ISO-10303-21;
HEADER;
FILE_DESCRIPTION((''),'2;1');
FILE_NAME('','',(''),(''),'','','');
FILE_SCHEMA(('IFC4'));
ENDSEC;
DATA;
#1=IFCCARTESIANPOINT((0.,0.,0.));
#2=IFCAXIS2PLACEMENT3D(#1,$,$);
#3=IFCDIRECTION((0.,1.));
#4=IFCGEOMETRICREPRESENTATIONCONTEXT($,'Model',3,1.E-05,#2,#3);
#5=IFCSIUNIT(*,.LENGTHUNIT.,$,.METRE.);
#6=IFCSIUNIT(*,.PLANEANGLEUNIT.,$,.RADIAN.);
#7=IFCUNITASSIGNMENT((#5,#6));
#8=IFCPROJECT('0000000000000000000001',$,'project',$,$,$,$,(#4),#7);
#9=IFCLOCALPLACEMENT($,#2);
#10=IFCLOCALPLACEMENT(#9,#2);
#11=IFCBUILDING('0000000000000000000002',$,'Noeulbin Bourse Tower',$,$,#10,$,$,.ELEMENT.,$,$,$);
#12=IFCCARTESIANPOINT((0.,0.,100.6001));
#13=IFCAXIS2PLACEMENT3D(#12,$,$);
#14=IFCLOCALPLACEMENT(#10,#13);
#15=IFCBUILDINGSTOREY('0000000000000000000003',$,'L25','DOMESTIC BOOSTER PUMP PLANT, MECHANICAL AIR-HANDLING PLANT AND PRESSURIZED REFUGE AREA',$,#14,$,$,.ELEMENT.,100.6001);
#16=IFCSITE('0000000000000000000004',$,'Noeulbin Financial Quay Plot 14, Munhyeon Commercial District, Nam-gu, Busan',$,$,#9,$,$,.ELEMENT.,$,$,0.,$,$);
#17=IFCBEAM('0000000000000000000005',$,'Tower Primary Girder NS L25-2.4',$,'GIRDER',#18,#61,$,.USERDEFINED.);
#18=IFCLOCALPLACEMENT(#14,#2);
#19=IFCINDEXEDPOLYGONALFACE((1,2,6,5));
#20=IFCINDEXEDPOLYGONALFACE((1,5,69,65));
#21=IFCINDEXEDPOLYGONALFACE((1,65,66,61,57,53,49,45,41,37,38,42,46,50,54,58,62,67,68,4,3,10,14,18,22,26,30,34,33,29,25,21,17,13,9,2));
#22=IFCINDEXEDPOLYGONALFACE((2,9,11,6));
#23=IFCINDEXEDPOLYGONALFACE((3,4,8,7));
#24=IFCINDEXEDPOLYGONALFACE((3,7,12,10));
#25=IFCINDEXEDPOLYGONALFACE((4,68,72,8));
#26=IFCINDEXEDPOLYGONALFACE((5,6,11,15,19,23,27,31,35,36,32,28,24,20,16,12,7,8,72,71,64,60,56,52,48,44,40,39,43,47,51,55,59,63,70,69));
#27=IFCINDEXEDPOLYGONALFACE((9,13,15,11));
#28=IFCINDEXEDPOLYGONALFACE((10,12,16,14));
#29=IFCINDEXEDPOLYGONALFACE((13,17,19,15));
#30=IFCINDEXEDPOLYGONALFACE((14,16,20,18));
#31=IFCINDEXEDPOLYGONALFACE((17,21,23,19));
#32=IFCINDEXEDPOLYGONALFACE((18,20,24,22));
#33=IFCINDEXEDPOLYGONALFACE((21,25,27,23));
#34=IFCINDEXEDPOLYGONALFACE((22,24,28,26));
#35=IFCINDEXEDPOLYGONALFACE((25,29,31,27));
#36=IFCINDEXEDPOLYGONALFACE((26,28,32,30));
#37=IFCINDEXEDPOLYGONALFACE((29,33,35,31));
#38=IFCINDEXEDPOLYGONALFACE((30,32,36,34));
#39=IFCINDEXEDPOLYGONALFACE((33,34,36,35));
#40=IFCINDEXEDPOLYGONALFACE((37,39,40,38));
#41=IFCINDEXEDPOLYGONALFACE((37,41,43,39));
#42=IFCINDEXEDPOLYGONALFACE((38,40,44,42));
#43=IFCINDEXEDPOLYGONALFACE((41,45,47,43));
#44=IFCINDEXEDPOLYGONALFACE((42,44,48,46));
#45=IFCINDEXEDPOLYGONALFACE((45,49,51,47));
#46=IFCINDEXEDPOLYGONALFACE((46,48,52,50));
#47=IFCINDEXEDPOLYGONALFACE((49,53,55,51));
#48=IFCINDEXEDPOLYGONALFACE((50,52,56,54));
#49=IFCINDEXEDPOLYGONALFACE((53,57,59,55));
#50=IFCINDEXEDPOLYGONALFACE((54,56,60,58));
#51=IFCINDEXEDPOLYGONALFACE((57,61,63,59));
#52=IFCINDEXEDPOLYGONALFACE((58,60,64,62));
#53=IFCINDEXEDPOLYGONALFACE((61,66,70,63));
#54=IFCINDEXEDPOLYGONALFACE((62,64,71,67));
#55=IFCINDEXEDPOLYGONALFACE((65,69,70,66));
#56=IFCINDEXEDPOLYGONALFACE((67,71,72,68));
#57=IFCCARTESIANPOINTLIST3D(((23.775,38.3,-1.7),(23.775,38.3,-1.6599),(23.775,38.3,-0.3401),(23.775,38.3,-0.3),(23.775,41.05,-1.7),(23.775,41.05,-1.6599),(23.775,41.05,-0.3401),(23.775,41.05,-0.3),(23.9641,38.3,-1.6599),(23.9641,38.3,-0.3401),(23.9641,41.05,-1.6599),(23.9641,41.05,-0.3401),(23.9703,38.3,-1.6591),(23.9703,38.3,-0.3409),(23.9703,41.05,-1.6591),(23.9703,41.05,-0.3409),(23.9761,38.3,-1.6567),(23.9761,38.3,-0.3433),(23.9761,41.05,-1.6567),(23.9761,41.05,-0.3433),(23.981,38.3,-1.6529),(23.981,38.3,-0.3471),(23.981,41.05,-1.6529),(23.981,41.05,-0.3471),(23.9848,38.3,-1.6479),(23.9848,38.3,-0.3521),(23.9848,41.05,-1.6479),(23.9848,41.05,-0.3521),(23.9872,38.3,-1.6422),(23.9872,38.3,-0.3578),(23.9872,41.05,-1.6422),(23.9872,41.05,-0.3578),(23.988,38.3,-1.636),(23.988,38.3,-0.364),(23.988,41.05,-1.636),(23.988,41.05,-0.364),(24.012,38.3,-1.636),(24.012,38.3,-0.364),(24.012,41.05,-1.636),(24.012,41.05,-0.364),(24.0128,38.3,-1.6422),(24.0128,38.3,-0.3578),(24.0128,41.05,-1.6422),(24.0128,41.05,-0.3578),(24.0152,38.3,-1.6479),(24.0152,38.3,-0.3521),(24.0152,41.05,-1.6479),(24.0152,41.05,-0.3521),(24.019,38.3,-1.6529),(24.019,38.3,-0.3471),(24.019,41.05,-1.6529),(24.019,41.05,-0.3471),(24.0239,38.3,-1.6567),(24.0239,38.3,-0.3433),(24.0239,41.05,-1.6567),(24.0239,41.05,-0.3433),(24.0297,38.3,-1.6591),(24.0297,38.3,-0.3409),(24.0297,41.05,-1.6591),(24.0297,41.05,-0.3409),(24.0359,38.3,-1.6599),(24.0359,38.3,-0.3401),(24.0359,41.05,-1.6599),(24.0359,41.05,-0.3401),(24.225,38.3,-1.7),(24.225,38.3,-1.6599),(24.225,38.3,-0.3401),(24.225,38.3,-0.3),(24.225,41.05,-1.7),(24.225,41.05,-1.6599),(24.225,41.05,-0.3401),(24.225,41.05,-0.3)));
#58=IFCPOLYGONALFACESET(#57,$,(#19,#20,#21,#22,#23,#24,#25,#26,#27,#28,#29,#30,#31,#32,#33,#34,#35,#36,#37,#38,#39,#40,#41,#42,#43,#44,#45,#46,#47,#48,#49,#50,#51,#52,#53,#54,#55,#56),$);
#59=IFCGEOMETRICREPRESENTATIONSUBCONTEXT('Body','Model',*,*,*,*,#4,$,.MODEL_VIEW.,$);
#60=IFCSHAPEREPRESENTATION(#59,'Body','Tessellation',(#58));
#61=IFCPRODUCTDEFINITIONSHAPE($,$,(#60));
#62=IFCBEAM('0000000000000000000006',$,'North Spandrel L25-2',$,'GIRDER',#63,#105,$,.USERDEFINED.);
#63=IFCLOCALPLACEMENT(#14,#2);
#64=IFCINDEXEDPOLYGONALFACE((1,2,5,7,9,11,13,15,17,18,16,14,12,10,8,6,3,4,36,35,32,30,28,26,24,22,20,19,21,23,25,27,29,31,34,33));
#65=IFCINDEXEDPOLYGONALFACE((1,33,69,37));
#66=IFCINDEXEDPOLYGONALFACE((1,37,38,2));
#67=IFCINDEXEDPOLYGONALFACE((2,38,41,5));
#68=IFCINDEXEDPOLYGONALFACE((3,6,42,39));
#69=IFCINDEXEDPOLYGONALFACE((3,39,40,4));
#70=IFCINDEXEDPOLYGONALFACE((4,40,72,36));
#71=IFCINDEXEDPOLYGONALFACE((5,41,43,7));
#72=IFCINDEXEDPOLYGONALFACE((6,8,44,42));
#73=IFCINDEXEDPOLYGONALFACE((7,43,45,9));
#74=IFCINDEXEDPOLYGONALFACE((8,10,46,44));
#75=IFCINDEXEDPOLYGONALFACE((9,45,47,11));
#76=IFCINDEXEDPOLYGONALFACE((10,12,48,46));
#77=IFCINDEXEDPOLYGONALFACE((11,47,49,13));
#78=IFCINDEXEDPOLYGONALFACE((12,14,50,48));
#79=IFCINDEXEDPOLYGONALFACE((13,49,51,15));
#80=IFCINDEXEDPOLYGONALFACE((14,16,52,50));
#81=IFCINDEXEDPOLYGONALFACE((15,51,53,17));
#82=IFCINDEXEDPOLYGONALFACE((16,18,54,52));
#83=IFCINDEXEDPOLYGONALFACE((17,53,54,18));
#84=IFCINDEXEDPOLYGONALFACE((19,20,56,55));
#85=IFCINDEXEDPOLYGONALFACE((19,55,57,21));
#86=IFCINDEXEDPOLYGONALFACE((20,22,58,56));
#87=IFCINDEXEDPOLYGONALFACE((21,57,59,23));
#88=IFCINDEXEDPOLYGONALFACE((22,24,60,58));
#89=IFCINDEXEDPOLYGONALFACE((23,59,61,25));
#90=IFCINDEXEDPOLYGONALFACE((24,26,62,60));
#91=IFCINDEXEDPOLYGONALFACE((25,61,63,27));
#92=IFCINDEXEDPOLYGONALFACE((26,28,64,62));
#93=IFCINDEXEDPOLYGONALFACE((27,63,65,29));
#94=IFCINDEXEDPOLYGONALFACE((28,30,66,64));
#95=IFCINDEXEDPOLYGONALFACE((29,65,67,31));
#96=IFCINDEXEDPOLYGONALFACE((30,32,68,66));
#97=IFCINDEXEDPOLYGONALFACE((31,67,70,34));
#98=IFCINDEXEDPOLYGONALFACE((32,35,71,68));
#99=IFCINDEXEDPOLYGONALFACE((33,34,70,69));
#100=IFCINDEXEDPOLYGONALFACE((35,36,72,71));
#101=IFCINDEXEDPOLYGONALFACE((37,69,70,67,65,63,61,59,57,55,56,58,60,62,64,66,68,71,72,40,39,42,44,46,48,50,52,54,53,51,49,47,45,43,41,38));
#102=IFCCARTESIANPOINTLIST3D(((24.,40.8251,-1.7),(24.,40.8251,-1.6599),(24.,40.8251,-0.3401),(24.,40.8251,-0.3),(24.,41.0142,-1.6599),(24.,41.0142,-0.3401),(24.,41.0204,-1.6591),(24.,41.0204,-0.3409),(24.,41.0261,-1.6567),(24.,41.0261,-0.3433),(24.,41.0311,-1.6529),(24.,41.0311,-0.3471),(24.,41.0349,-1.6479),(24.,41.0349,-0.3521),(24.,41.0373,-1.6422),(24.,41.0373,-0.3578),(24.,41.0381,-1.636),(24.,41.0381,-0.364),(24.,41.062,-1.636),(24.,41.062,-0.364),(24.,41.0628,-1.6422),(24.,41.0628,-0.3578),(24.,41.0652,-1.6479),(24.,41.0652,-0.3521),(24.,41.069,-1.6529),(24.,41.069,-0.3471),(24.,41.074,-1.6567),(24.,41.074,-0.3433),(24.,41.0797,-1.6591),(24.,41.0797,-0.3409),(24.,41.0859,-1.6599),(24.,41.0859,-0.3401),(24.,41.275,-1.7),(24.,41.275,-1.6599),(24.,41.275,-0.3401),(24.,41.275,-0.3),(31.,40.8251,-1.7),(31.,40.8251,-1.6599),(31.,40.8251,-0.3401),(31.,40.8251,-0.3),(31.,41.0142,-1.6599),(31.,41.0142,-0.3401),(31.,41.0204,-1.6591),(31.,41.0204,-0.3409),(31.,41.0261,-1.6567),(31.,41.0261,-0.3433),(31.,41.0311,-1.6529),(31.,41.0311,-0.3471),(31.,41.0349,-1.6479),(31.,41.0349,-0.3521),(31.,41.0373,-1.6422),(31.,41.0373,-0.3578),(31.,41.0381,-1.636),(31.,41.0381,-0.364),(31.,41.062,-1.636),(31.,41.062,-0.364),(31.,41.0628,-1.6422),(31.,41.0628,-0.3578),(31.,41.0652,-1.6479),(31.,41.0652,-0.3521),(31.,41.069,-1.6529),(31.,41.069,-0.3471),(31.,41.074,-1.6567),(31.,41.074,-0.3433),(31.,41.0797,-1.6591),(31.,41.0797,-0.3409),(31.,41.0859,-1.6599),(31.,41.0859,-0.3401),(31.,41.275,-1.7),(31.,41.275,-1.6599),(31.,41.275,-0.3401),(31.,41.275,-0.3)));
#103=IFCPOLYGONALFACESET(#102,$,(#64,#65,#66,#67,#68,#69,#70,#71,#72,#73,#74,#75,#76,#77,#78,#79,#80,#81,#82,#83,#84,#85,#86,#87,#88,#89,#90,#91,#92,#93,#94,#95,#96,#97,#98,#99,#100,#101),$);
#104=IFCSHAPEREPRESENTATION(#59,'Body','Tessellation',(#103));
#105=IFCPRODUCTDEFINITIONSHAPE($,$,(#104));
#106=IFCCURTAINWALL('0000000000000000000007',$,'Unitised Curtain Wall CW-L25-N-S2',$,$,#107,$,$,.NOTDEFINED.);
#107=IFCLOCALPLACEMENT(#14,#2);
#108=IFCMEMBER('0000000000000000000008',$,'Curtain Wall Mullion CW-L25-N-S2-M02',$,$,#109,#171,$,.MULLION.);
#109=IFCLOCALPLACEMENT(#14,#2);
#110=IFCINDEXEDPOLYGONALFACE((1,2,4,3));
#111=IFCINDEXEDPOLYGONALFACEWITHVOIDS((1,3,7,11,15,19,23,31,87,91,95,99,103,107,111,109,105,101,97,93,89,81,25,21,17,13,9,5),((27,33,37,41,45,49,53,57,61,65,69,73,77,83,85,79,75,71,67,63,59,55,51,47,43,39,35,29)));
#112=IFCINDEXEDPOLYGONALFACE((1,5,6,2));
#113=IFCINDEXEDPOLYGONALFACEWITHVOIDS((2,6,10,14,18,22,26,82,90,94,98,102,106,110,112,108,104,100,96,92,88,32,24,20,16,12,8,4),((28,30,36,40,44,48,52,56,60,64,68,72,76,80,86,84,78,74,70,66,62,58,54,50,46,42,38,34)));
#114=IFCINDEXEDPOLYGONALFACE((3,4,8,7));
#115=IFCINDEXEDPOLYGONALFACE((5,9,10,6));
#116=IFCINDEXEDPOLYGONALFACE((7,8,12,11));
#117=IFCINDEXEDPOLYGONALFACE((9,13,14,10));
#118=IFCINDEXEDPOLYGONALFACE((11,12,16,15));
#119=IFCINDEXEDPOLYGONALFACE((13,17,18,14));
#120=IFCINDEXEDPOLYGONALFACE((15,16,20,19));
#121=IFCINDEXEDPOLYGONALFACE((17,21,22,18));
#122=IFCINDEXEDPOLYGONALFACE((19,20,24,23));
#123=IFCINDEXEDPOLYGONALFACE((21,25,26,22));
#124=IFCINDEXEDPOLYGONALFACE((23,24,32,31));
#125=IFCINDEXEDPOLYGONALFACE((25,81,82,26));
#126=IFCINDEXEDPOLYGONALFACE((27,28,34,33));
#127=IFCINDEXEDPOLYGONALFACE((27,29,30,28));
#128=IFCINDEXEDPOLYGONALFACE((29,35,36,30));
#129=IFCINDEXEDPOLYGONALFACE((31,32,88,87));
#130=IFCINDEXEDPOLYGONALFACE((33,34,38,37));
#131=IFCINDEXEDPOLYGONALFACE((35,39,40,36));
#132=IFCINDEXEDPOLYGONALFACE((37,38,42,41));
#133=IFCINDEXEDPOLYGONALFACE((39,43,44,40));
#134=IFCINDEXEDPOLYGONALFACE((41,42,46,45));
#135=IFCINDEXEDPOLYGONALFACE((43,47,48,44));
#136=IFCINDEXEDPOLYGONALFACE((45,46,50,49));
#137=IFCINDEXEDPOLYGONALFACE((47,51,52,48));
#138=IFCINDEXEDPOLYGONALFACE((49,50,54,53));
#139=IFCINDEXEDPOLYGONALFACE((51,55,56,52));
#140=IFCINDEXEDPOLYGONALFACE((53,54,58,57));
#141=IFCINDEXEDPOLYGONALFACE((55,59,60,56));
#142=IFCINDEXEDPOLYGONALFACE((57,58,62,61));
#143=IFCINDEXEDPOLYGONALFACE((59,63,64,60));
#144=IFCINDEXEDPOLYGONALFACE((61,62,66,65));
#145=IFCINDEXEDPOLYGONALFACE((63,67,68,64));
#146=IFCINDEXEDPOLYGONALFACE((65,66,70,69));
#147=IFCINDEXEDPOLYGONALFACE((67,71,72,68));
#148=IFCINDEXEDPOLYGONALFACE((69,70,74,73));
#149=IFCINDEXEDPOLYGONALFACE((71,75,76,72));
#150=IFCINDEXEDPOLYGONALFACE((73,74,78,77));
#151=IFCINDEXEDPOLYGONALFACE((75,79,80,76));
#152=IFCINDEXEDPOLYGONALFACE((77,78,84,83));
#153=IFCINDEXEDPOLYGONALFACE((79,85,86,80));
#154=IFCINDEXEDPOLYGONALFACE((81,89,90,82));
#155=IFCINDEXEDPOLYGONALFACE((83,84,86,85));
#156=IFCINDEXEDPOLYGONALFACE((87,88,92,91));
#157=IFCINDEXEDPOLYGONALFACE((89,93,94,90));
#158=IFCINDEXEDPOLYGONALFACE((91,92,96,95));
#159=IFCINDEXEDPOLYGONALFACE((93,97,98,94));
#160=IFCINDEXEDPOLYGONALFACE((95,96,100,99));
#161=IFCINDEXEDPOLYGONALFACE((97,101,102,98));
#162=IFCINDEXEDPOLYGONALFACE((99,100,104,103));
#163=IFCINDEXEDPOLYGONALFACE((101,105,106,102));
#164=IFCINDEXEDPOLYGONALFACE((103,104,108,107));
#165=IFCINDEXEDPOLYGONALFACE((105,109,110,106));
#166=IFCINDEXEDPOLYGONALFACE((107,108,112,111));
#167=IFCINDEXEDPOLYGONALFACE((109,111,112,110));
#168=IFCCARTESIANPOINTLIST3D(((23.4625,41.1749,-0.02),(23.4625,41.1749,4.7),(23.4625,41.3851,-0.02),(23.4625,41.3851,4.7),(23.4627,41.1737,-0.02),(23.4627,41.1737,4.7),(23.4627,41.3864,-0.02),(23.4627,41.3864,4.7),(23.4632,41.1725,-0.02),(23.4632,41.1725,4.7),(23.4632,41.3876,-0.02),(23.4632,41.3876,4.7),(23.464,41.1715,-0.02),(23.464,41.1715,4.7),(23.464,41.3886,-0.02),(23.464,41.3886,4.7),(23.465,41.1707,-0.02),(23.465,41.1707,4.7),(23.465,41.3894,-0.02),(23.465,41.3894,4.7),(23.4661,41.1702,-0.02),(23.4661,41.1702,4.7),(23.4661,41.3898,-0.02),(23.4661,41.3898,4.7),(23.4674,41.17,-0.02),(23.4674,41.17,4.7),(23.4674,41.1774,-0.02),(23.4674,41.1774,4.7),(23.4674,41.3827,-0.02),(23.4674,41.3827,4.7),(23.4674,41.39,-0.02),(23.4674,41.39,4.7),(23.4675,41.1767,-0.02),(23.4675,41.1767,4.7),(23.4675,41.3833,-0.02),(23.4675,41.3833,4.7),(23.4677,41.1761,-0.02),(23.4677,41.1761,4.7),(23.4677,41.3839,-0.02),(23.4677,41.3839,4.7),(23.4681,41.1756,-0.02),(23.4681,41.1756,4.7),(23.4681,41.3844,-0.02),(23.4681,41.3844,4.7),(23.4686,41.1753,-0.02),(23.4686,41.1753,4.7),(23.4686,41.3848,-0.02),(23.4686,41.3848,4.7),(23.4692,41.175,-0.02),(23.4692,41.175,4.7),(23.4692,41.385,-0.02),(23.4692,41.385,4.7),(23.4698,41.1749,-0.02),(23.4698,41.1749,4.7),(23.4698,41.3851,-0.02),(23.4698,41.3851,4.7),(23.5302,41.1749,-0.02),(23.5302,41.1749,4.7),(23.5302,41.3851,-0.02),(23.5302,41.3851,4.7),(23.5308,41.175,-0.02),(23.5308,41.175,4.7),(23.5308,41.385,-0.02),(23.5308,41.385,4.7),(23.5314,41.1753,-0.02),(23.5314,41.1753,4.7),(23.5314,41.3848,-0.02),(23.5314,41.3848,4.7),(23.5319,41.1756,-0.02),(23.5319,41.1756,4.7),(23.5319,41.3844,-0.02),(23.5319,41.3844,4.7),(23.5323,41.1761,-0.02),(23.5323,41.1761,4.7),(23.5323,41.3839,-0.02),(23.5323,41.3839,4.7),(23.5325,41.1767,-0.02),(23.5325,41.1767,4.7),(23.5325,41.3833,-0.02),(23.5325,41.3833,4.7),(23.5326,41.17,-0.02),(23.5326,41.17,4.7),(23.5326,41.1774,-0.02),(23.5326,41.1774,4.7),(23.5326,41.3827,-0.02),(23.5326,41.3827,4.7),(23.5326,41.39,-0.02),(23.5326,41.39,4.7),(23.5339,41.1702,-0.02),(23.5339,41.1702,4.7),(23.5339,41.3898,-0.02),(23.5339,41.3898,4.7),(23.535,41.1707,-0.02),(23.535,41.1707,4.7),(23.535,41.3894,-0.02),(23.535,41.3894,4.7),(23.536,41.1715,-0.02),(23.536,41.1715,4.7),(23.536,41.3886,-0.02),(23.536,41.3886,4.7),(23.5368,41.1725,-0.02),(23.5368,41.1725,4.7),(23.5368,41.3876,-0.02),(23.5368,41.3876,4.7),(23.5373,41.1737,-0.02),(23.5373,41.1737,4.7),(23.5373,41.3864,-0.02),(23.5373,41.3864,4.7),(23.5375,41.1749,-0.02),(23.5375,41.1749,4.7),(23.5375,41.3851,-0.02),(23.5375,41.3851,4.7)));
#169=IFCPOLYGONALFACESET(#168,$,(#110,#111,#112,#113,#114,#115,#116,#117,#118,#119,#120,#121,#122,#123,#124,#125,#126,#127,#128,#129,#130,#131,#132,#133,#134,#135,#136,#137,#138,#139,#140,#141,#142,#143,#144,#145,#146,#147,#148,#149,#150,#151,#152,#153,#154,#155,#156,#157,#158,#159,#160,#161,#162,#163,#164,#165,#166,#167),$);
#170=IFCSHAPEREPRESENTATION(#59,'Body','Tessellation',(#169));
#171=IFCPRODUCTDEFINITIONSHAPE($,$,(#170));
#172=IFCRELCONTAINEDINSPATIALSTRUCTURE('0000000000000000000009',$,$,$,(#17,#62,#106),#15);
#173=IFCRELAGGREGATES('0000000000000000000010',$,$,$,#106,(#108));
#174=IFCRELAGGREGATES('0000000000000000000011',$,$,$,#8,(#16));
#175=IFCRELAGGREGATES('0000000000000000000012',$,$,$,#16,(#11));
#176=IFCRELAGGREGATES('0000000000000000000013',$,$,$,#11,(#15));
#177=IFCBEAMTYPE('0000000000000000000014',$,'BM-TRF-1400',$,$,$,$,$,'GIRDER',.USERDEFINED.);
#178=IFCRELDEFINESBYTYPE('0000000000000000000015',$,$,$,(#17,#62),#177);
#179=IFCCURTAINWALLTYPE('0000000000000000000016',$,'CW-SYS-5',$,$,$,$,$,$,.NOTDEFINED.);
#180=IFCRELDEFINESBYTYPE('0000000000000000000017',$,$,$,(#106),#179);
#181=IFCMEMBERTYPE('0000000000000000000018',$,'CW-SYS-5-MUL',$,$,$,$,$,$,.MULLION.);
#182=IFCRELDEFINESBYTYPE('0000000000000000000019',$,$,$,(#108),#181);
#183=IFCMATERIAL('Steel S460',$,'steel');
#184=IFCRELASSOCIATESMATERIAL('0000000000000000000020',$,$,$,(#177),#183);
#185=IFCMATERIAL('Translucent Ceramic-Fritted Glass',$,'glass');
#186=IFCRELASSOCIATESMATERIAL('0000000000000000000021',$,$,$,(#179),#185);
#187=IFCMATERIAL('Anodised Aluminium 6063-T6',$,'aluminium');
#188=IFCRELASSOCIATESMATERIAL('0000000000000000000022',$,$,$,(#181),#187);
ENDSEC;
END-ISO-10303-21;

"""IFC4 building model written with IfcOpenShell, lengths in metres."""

from ifc_helpers import new_model, si_unit, direction, frame, origin, origin_2d, place, context, subcontext, project, spatial, hollow_rectangle, i_section, extrude, material, material_profile, profile_set, type_object, element, aggregate, save


model = new_model("IFC4")

# Units and contexts
model_context = context("Model", 3, precision=1e-05, world=origin(), true_north=direction((0.0, 1.0)))
body_context = subcontext(model_context, "Body", "Model", "MODEL_VIEW")
ifc_project = project(units=[si_unit("LENGTHUNIT", "METRE"), si_unit("PLANEANGLEUNIT", "RADIAN")], contexts=[model_context])

# Site, building, storey
site_placement = place(None, origin())
site = spatial("IfcSite", under=ifc_project, at=site_placement, Name="Noeulbin Financial Quay Plot 14, Munhyeon Commercial District, Nam-gu, Busan", CompositionType="ELEMENT", RefElevation=0.0)
building_placement = place(site_placement, origin())
building = spatial("IfcBuilding", under=site, at=building_placement, Name="Noeulbin Bourse Tower", CompositionType="ELEMENT")
storey_placement = place(building_placement, frame((0.0, 0.0, 100.6001)))
storey = spatial("IfcBuildingStorey", under=building, at=storey_placement, Name="L25", Description="DOMESTIC BOOSTER PUMP PLANT, MECHANICAL AIR-HANDLING PLANT AND PRESSURIZED REFUGE AREA", CompositionType="ELEMENT", Elevation=100.6001)

# Shared definitions
ifc_material_1 = material(Name="Steel S460", Category="steel")

# Beams
ifc_material_profile_1 = material_profile(ifc_material_1, i_section(OverallWidth=0.45, OverallDepth=1.3999, WebThickness=0.0239, FlangeThickness=0.04, FilletRadius=0.0239, at=origin_2d()), Name="PG-1400x450x24x40", Category="LoadBearing")
ifc_profile_set_1 = profile_set([ifc_material_profile_1], Name="Steel S460")
beam_type_1 = type_object("IfcBeamType", Name="BM-TRF-1400", ElementType="GIRDER", PredefinedType="USERDEFINED", material=ifc_profile_set_1)
beam_1_placement = place(storey_placement, frame((24.0, 38.3, -1.0), z_axis=(0.0, 1.0, 0.0), x_axis=(-1.0, 0.0, 0.0)))
element("IfcBeam", 1, at=beam_1_placement, inside=storey, type_object=beam_type_1, Name="Tower Primary Girder NS L25-2.4", ObjectType="GIRDER", PredefinedType="USERDEFINED", context=body_context, shape_type="SweptSolid", body=[
    extrude(i_section(OverallWidth=0.45, OverallDepth=1.3999, WebThickness=0.0239, FlangeThickness=0.04, FilletRadius=0.0239, at=origin_2d()), origin(), (0.0, 0.0, 1.0), 2.75),
])
beam_2_placement = place(storey_placement, frame((24.0, 41.05, -1.0), z_axis=(1.0, 0.0, 0.0), x_axis=(0.0, 1.0, 0.0)))
element("IfcBeam", 2, at=beam_2_placement, inside=storey, type_object=beam_type_1, Name="North Spandrel L25-2", ObjectType="GIRDER", PredefinedType="USERDEFINED", context=body_context, shape_type="SweptSolid", body=[
    extrude(i_section(OverallWidth=0.45, OverallDepth=1.3999, WebThickness=0.0239, FlangeThickness=0.04, FilletRadius=0.0239, at=origin_2d()), origin(), (0.0, 0.0, 1.0), 7.0),
])

# Curtain wall, member
ifc_material_2 = material(Name="Translucent Ceramic-Fritted Glass", Category="glass")
curtain_wall_type = type_object("IfcCurtainWallType", Name="CW-SYS-5", PredefinedType="NOTDEFINED", material=ifc_material_2)
curtain_wall_1_placement = place(storey_placement, origin())
curtain_wall_1 = element("IfcCurtainWall", 3, at=curtain_wall_1_placement, inside=storey, type_object=curtain_wall_type, Name="Unitised Curtain Wall CW-L25-N-S2", PredefinedType="NOTDEFINED")
ifc_material_3 = material(Name="Anodised Aluminium 6063-T6", Category="aluminium")
ifc_material_profile_2 = material_profile(ifc_material_3, hollow_rectangle(XDim=0.075, YDim=0.22, WallThickness=0.0049, InnerFilletRadius=0.0024, OuterFilletRadius=0.0049, at=origin_2d()), Name="ALU-MULL-75x220x5", Category="LoadBearing")
ifc_profile_set_2 = profile_set([ifc_material_profile_2], Name="Anodised Aluminium 6063-T6")
member_type_1 = type_object("IfcMemberType", Name="CW-SYS-5-MUL", PredefinedType="MULLION", material=ifc_profile_set_2)
member_1_placement = place(storey_placement, frame((23.5, 41.28, -0.02), z_axis=(0.0, 0.0, 1.0), x_axis=(1.0, 0.0, 0.0)))
member_1 = element("IfcMember", 4, at=member_1_placement, type_object=member_type_1, Name="Curtain Wall Mullion CW-L25-N-S2-M02", PredefinedType="MULLION", context=body_context, shape_type="SweptSolid", body=[
    extrude(hollow_rectangle(XDim=0.075, YDim=0.22, WallThickness=0.0049, InnerFilletRadius=0.0024, OuterFilletRadius=0.0049, at=origin_2d()), origin(), (0.0, 0.0, 1.0), 4.72),
])
aggregate(curtain_wall_1, [member_1])

save(model, "model.ifc")
